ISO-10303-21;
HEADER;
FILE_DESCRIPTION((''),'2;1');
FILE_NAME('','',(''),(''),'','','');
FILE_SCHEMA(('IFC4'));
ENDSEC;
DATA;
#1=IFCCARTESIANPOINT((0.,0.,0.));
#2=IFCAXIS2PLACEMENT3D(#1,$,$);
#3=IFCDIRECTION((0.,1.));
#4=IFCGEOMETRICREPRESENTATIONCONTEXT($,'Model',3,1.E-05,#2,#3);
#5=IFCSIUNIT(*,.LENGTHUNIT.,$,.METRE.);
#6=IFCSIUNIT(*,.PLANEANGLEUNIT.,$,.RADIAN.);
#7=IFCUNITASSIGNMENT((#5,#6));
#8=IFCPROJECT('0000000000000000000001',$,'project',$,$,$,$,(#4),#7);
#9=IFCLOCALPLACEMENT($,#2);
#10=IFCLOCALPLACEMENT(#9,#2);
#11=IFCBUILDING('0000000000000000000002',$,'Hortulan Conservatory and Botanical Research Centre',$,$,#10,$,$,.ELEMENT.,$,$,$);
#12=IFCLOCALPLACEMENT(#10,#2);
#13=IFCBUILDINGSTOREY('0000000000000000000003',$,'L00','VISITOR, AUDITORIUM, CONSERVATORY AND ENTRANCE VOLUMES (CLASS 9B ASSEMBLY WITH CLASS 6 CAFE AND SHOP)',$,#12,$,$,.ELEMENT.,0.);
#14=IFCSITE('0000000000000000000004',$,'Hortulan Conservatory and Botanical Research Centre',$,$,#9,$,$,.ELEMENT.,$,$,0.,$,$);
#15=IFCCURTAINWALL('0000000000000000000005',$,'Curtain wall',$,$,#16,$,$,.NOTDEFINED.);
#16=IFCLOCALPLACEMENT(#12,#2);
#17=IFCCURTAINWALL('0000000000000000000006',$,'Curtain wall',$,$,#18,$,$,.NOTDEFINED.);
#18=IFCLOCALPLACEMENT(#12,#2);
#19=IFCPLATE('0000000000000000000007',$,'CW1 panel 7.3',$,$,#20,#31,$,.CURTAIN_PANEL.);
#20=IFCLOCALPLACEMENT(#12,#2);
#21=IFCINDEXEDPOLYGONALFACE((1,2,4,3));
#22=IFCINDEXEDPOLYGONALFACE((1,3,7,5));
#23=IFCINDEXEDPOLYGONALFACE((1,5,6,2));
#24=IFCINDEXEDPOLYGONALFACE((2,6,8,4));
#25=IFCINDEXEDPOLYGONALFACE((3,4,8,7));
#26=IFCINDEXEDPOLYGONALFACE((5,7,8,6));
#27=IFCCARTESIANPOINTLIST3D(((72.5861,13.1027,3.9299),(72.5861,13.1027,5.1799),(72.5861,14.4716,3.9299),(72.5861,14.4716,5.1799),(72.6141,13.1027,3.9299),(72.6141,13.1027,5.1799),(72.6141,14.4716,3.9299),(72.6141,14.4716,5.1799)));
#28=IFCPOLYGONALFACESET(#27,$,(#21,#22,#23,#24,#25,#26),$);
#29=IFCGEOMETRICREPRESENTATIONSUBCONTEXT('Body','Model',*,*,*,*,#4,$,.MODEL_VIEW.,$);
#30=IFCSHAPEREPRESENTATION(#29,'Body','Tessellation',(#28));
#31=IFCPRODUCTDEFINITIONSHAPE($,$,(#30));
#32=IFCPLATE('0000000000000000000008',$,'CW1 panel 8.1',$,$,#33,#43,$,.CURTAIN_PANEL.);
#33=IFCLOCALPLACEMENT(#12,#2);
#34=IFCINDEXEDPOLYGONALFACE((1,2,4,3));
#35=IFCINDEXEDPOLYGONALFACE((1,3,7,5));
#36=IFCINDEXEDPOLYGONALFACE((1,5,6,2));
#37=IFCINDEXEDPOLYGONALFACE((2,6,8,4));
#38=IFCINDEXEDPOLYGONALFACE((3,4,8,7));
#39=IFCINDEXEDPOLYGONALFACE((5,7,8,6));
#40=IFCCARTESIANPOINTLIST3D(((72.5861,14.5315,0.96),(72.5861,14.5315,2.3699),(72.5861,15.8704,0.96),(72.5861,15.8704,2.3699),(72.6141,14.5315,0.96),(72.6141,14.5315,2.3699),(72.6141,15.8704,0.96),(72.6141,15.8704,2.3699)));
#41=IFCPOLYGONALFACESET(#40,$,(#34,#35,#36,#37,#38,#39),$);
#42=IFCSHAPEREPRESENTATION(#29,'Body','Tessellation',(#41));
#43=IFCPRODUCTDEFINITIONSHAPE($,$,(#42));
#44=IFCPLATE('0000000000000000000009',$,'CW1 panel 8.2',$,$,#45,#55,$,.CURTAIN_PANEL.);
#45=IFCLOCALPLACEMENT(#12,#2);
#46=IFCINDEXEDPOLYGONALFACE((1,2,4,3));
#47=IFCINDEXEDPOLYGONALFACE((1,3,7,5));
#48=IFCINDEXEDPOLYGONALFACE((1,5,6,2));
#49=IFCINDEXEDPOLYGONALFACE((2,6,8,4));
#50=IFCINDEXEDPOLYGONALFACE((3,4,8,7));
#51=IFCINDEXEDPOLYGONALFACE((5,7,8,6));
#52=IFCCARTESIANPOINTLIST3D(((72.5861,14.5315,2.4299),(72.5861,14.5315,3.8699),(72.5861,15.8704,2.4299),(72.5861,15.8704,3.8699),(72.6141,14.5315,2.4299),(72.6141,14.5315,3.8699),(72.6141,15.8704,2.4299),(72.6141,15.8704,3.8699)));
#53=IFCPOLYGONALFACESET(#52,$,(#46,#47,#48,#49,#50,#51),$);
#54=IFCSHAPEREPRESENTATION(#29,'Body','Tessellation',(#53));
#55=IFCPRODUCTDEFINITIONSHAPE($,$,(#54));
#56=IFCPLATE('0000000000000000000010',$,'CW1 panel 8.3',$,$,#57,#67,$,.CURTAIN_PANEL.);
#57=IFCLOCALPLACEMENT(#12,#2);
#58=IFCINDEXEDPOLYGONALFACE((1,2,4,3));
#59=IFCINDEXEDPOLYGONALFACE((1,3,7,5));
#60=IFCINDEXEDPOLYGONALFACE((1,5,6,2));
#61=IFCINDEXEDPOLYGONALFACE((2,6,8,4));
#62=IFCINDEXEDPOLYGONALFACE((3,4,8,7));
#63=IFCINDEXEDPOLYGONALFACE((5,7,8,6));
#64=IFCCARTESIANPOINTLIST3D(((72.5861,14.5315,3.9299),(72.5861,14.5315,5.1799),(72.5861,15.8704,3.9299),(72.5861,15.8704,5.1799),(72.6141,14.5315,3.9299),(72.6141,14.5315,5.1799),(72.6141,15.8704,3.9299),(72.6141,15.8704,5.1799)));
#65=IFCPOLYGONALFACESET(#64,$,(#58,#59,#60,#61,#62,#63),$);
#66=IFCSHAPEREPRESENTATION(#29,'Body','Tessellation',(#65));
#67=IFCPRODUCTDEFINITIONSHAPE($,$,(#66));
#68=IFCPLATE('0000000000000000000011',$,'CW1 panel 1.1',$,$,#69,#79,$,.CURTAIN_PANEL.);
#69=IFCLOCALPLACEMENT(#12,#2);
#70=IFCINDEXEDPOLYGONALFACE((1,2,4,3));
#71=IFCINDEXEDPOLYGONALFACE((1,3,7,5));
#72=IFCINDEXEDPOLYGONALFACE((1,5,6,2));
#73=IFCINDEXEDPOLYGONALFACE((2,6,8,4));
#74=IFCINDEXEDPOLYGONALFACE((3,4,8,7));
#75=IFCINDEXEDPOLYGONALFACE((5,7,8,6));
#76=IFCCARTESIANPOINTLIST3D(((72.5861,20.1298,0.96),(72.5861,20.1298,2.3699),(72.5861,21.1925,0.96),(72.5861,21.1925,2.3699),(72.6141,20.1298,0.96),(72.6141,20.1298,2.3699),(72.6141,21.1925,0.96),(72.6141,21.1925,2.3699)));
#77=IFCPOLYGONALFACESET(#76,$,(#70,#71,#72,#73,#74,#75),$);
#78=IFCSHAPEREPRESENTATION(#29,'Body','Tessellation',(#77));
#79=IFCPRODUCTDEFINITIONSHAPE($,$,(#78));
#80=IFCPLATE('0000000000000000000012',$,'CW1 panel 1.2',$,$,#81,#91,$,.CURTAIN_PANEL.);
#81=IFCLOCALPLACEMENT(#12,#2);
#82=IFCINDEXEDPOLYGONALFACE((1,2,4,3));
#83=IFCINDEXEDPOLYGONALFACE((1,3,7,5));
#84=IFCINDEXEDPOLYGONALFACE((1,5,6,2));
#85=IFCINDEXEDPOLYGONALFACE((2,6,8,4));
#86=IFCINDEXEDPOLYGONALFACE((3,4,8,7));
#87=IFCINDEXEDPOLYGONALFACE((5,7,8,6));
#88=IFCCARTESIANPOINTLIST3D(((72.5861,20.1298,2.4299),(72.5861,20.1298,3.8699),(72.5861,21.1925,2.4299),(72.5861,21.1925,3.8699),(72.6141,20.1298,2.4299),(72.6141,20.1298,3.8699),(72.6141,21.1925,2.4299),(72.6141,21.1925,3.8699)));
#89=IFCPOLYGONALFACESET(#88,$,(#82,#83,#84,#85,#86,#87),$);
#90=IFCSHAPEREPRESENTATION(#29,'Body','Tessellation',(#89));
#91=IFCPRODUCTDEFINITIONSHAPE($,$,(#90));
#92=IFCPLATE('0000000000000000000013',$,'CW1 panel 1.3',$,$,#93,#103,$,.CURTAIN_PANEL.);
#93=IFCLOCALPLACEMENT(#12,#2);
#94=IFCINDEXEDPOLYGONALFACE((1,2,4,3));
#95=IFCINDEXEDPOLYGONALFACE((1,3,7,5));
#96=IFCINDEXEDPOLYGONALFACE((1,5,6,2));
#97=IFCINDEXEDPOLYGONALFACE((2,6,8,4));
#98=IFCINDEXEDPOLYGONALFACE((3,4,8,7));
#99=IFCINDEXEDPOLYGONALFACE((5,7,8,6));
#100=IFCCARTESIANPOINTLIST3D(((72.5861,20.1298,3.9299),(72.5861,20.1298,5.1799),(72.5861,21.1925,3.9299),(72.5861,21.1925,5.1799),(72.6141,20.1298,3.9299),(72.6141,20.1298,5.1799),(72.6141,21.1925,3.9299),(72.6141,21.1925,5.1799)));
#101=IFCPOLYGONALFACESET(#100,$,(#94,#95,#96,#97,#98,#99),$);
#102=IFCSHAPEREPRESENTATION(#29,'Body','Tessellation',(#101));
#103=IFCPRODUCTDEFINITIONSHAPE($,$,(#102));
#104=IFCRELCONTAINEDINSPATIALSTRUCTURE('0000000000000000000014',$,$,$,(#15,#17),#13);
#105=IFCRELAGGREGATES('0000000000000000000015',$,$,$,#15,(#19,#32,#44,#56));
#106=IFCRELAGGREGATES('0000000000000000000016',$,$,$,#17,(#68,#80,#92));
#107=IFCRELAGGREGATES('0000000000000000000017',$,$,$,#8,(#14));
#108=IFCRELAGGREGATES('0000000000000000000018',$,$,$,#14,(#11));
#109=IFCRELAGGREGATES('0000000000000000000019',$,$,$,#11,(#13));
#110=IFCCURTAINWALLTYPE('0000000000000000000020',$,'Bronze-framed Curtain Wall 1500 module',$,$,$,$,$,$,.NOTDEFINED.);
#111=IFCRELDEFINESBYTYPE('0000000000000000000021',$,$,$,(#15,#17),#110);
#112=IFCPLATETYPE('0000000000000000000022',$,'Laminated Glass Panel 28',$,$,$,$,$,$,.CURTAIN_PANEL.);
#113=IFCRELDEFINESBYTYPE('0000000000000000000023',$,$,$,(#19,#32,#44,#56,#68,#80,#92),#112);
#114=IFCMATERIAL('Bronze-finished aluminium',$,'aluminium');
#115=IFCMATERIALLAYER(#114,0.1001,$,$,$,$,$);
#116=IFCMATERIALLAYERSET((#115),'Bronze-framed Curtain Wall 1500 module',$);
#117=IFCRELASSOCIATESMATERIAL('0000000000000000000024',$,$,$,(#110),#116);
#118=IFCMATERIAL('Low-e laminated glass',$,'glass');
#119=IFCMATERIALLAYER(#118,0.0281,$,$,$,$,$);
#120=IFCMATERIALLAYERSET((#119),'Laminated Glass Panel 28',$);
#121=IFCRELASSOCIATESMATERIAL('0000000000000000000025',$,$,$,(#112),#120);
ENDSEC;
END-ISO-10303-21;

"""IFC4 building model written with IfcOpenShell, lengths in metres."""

from ifc_helpers import new_model, si_unit, direction, frame, origin, origin_2d, place, context, subcontext, project, spatial, rectangle, extrude, material, layer, layer_set, type_object, element, aggregate, save


model = new_model("IFC4")

# Units and contexts
model_context = context("Model", 3, precision=1e-05, world=origin(), true_north=direction((0.0, 1.0)))
body_context = subcontext(model_context, "Body", "Model", "MODEL_VIEW")
ifc_project = project(units=[si_unit("LENGTHUNIT", "METRE"), si_unit("PLANEANGLEUNIT", "RADIAN")], contexts=[model_context])

# Site, building, storey
site_placement = place(None, origin())
site = spatial("IfcSite", under=ifc_project, at=site_placement, Name="Hortulan Conservatory and Botanical Research Centre", CompositionType="ELEMENT", RefElevation=0.0)
building_placement = place(site_placement, origin())
building = spatial("IfcBuilding", under=site, at=building_placement, Name="Hortulan Conservatory and Botanical Research Centre", CompositionType="ELEMENT")
storey_placement = place(building_placement, origin())
storey = spatial("IfcBuildingStorey", under=building, at=storey_placement, Name="L00", Description="VISITOR, AUDITORIUM, CONSERVATORY AND ENTRANCE VOLUMES (CLASS 9B ASSEMBLY WITH CLASS 6 CAFE AND SHOP)", CompositionType="ELEMENT", Elevation=0.0)

# Curtain walls
ifc_material_1 = material(Name="Bronze-finished aluminium", Category="aluminium")
ifc_layer_1 = layer(ifc_material_1, 0.1001)
ifc_layer_set_1 = layer_set([ifc_layer_1], Name="Bronze-framed Curtain Wall 1500 module")
curtain_wall_type = type_object("IfcCurtainWallType", Name="Bronze-framed Curtain Wall 1500 module", PredefinedType="NOTDEFINED", material=ifc_layer_set_1)
curtain_wall_1_placement = place(storey_placement, origin())
curtain_wall_1 = element("IfcCurtainWall", 1, at=curtain_wall_1_placement, inside=storey, type_object=curtain_wall_type, Name="Curtain wall", PredefinedType="NOTDEFINED")
curtain_wall_2_placement = place(storey_placement, origin())
curtain_wall_2 = element("IfcCurtainWall", 2, at=curtain_wall_2_placement, inside=storey, type_object=curtain_wall_type, Name="Curtain wall", PredefinedType="NOTDEFINED")

# Shared definitions
ifc_material_2 = material(Name="Low-e laminated glass", Category="glass")

# Plates
ifc_layer_2 = layer(ifc_material_2, 0.0281)
ifc_layer_set_2 = layer_set([ifc_layer_2], Name="Laminated Glass Panel 28")
plate_type_1 = type_object("IfcPlateType", Name="Laminated Glass Panel 28", PredefinedType="CURTAIN_PANEL", material=ifc_layer_set_2)
plate_1_placement = place(storey_placement, frame((72.6001, 13.7871, 3.9299), z_axis=(0.0, 0.0, 1.0), x_axis=(0.0, 1.0, 0.0)))
plate_1 = element("IfcPlate", 3, at=plate_1_placement, type_object=plate_type_1, Name="CW1 panel 7.3", PredefinedType="CURTAIN_PANEL", context=body_context, shape_type="SweptSolid", body=[
    extrude(rectangle(XDim=1.3689, YDim=0.0281, at=origin_2d()), origin(), (0.0, 0.0, 1.0), 1.25),
])
plate_2_placement = place(storey_placement, frame((72.6001, 15.2009, 0.96), z_axis=(0.0, 0.0, 1.0), x_axis=(0.0, 1.0, 0.0)))
plate_2 = element("IfcPlate", 4, at=plate_2_placement, type_object=plate_type_1, Name="CW1 panel 8.1", PredefinedType="CURTAIN_PANEL", context=body_context, shape_type="SweptSolid", body=[
    extrude(rectangle(XDim=1.3389, YDim=0.0281, at=origin_2d()), origin(), (0.0, 0.0, 1.0), 1.4099),
])
plate_3_placement = place(storey_placement, frame((72.6001, 15.2009, 2.4299), z_axis=(0.0, 0.0, 1.0), x_axis=(0.0, 1.0, 0.0)))
plate_3 = element("IfcPlate", 5, at=plate_3_placement, type_object=plate_type_1, Name="CW1 panel 8.2", PredefinedType="CURTAIN_PANEL", context=body_context, shape_type="SweptSolid", body=[
    extrude(rectangle(XDim=1.3389, YDim=0.0281, at=origin_2d()), origin(), (0.0, 0.0, 1.0), 1.4399),
])
plate_4_placement = place(storey_placement, frame((72.6001, 15.2009, 3.9299), z_axis=(0.0, 0.0, 1.0), x_axis=(0.0, 1.0, 0.0)))
plate_4 = element("IfcPlate", 6, at=plate_4_placement, type_object=plate_type_1, Name="CW1 panel 8.3", PredefinedType="CURTAIN_PANEL", context=body_context, shape_type="SweptSolid", body=[
    extrude(rectangle(XDim=1.3389, YDim=0.0281, at=origin_2d()), origin(), (0.0, 0.0, 1.0), 1.25),
])
aggregate(curtain_wall_1, [plate_1, plate_2, plate_3, plate_4])
plate_5_placement = place(storey_placement, frame((72.6001, 20.6611, 0.96), z_axis=(0.0, 0.0, 1.0), x_axis=(0.0, 1.0, 0.0)))
plate_5 = element("IfcPlate", 7, at=plate_5_placement, type_object=plate_type_1, Name="CW1 panel 1.1", PredefinedType="CURTAIN_PANEL", context=body_context, shape_type="SweptSolid", body=[
    extrude(rectangle(XDim=1.0627, YDim=0.0281, at=origin_2d()), origin(), (0.0, 0.0, 1.0), 1.4099),
])
plate_6_placement = place(storey_placement, frame((72.6001, 20.6611, 2.4299), z_axis=(0.0, 0.0, 1.0), x_axis=(0.0, 1.0, 0.0)))
plate_6 = element("IfcPlate", 8, at=plate_6_placement, type_object=plate_type_1, Name="CW1 panel 1.2", PredefinedType="CURTAIN_PANEL", context=body_context, shape_type="SweptSolid", body=[
    extrude(rectangle(XDim=1.0627, YDim=0.0281, at=origin_2d()), origin(), (0.0, 0.0, 1.0), 1.4399),
])
plate_7_placement = place(storey_placement, frame((72.6001, 20.6611, 3.9299), z_axis=(0.0, 0.0, 1.0), x_axis=(0.0, 1.0, 0.0)))
plate_7 = element("IfcPlate", 9, at=plate_7_placement, type_object=plate_type_1, Name="CW1 panel 1.3", PredefinedType="CURTAIN_PANEL", context=body_context, shape_type="SweptSolid", body=[
    extrude(rectangle(XDim=1.0627, YDim=0.0281, at=origin_2d()), origin(), (0.0, 0.0, 1.0), 1.25),
])
aggregate(curtain_wall_2, [plate_5, plate_6, plate_7])

save(model, "model.ifc")
